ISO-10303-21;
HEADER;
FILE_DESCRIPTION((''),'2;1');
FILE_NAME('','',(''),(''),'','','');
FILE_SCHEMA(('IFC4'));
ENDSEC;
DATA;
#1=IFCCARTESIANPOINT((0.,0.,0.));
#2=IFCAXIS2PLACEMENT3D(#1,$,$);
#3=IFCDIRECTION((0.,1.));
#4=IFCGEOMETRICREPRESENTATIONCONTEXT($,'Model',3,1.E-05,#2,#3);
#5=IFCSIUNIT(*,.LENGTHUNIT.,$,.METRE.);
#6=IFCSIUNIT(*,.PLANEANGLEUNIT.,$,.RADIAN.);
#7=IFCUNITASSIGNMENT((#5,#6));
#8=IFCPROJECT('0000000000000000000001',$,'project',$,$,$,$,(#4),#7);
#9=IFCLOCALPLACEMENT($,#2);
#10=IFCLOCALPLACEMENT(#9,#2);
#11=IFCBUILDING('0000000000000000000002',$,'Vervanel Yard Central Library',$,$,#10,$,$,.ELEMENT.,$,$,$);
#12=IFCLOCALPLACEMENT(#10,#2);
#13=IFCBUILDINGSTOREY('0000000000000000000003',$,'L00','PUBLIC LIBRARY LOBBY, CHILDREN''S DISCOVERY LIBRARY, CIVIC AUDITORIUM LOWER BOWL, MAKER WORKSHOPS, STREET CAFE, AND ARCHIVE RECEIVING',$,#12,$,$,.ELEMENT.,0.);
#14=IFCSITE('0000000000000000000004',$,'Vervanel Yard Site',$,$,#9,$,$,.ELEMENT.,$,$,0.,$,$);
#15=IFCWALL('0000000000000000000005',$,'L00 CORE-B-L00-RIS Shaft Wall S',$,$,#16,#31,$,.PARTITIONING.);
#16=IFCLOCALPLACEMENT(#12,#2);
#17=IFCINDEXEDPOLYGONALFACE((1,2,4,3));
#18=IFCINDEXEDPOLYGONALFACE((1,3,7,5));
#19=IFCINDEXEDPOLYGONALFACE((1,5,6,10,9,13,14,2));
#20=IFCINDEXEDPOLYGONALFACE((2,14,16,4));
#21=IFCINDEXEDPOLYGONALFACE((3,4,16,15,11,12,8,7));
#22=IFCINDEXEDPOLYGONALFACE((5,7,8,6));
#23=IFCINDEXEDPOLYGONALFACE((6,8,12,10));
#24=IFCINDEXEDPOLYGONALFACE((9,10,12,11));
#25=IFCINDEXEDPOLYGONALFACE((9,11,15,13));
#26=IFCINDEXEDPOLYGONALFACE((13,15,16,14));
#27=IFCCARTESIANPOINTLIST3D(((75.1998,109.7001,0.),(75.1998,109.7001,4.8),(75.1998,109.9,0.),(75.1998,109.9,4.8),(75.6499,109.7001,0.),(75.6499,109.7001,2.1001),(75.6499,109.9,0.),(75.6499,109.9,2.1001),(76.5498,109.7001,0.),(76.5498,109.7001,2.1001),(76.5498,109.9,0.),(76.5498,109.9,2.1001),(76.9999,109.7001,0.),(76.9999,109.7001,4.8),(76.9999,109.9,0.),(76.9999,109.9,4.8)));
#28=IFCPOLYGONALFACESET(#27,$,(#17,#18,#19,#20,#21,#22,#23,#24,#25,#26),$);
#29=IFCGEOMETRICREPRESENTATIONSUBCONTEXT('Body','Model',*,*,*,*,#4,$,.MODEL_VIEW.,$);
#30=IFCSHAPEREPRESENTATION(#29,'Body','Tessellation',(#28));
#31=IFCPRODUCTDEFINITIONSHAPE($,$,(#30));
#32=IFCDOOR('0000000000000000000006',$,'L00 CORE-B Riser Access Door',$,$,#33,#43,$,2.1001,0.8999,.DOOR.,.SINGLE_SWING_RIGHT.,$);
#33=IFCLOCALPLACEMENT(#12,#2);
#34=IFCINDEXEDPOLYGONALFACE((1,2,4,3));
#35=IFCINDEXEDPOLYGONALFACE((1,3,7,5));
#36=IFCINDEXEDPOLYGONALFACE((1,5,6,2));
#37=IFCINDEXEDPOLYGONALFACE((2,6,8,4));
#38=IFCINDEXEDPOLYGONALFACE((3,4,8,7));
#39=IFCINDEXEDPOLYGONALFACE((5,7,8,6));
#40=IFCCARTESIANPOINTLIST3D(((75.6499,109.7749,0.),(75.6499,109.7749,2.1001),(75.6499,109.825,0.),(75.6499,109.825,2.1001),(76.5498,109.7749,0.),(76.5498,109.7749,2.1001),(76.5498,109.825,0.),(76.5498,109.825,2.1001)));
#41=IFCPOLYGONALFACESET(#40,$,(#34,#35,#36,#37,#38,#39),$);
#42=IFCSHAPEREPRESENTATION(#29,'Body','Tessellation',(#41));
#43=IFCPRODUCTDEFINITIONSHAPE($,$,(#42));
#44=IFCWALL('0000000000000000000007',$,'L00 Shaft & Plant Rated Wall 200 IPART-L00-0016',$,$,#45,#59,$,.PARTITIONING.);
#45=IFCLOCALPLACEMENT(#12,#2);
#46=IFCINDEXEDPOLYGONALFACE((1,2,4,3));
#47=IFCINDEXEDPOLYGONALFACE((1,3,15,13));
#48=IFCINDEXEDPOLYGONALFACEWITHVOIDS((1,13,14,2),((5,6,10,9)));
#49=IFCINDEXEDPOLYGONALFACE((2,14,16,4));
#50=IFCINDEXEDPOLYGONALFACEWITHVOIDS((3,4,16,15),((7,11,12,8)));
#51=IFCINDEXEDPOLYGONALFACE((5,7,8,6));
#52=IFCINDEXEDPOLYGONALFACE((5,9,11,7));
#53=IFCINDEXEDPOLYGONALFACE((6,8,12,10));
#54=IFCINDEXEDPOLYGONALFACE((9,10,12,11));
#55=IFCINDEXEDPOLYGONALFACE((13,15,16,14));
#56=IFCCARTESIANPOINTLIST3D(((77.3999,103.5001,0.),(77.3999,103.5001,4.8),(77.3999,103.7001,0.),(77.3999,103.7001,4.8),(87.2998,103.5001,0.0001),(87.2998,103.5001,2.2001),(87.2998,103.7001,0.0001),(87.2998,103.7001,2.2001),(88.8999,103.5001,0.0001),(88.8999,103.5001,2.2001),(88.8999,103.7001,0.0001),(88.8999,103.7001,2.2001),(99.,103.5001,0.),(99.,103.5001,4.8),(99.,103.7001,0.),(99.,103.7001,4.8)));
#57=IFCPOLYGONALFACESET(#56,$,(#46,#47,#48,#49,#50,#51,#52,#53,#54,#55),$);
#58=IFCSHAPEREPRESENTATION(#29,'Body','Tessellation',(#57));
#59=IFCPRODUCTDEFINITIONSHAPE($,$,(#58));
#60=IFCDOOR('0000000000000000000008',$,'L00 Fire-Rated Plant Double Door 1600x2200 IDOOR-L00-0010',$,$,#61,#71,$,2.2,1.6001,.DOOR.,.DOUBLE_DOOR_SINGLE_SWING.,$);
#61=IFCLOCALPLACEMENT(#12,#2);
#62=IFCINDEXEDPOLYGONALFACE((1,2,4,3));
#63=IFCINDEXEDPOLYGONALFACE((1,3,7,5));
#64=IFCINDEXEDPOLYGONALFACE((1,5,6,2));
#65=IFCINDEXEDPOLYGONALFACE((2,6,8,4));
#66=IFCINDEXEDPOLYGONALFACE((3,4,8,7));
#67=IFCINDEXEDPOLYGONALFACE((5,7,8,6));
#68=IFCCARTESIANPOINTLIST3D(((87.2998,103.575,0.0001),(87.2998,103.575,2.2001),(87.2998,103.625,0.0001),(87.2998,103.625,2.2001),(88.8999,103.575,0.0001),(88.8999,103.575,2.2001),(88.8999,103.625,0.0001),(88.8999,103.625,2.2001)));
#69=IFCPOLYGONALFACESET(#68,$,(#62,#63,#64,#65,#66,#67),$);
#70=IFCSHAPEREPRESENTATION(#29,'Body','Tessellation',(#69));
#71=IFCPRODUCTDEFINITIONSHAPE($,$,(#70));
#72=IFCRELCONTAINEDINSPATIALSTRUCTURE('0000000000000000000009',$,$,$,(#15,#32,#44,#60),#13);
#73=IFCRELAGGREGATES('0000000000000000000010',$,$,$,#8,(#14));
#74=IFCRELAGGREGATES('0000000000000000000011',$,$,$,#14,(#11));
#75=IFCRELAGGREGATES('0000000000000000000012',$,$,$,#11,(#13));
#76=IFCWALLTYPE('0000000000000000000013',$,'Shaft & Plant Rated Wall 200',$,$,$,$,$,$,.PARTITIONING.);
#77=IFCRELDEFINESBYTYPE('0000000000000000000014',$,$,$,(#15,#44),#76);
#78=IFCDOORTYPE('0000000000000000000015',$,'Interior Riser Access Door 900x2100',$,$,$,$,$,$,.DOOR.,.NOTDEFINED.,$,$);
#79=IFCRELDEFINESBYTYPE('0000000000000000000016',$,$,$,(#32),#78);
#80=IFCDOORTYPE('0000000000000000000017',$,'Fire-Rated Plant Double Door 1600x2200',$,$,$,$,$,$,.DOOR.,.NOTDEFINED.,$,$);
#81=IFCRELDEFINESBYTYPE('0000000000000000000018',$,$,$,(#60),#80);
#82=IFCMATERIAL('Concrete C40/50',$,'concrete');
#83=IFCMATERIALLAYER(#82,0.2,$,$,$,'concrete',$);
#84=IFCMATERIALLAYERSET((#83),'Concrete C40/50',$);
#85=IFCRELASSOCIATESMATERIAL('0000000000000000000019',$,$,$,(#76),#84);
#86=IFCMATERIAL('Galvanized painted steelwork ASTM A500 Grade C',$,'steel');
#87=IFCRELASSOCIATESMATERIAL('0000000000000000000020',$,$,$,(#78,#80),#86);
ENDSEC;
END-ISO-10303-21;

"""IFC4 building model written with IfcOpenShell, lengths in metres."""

from ifc_helpers import new_model, si_unit, direction, frame, frame_2d, origin, place, context, subcontext, project, spatial, rectangle, extrude, material, layer, layer_set, type_object, element, fill, save


model = new_model("IFC4")

# Units and contexts
model_context = context("Model", 3, precision=1e-05, world=origin(), true_north=direction((0.0, 1.0)))
body_context = subcontext(model_context, "Body", "Model", "MODEL_VIEW")
ifc_project = project(units=[si_unit("LENGTHUNIT", "METRE"), si_unit("PLANEANGLEUNIT", "RADIAN")], contexts=[model_context])

# Site, building, storey
site_placement = place(None, origin())
site = spatial("IfcSite", under=ifc_project, at=site_placement, Name="Vervanel Yard Site", CompositionType="ELEMENT", RefElevation=0.0)
building_placement = place(site_placement, origin())
building = spatial("IfcBuilding", under=site, at=building_placement, Name="Vervanel Yard Central Library", CompositionType="ELEMENT")
storey_placement = place(building_placement, origin())
storey = spatial("IfcBuildingStorey", under=building, at=storey_placement, Name="L00", Description="PUBLIC LIBRARY LOBBY, CHILDREN'S DISCOVERY LIBRARY, CIVIC AUDITORIUM LOWER BOWL, MAKER WORKSHOPS, STREET CAFE, AND ARCHIVE RECEIVING", CompositionType="ELEMENT", Elevation=0.0)

# Shared definitions
ifc_material_1 = material(Name="Concrete C40/50", Category="concrete")

# Shared definitions
ifc_layer_1 = layer(ifc_material_1, 0.2, Category="concrete")
ifc_layer_set_1 = layer_set([ifc_layer_1], Name="Concrete C40/50")
wall_type_1 = type_object("IfcWallType", Name="Shaft & Plant Rated Wall 200", PredefinedType="PARTITIONING", material=ifc_layer_set_1)

# Walls, openings, doors
wall_1_placement = place(storey_placement, frame((75.2, 109.8, 0.0), z_axis=(0.0, 0.0, 1.0), x_axis=(1.0, 0.0, 0.0)))
wall_1 = element("IfcWall", 1, at=wall_1_placement, inside=storey, type_object=wall_type_1, Name="L00 CORE-B-L00-RIS Shaft Wall S", PredefinedType="PARTITIONING", context=body_context, shape_type="SweptSolid", body=[
    extrude(rectangle(XDim=1.8, YDim=0.2, at=frame_2d((0.8999, 0.0))), origin(), (0.0, 0.0, 1.0), 4.8),
])
opening_1_placement = place(wall_1_placement, frame((0.45, 0.0, 0.0)))
opening_1 = element("IfcOpeningElement", 2, at=opening_1_placement, cuts=wall_1, PredefinedType="OPENING", context=body_context, shape_type="SweptSolid", body=[
    extrude(rectangle(XDim=0.8999, YDim=2.1001, at=frame_2d((0.45, 1.05))), frame((0.0, 0.1099, 0.0), z_axis=(0.0, -1.0, 0.0), x_axis=(1.0, 0.0, 0.0)), (0.0, 0.0, 1.0), 0.22),
])
ifc_material_2 = material(Name="Galvanized painted steelwork ASTM A500 Grade C", Category="steel")
door_type_1 = type_object("IfcDoorType", Name="Interior Riser Access Door 900x2100", OperationType="NOTDEFINED", PredefinedType="DOOR", material=ifc_material_2)
door_1_placement = place(opening_1_placement, origin())
door_1 = element("IfcDoor", 3, at=door_1_placement, inside=storey, type_object=door_type_1, Name="L00 CORE-B Riser Access Door", OperationType="SINGLE_SWING_RIGHT", OverallHeight=2.1001, OverallWidth=0.8999, PredefinedType="DOOR", context=body_context, shape_type="SweptSolid", body=[
    extrude(rectangle(XDim=0.8999, YDim=2.1001, at=frame_2d((0.45, 1.05))), frame((0.0, 0.0249, 0.0), z_axis=(0.0, -1.0, 0.0), x_axis=(1.0, 0.0, 0.0)), (0.0, 0.0, 1.0), 0.05),
])
fill(opening_1, door_1)
wall_2_placement = place(storey_placement, frame((77.3999, 103.6001, 0.0), z_axis=(0.0, 0.0, 1.0), x_axis=(1.0, 0.0, 0.0)))
wall_2 = element("IfcWall", 4, at=wall_2_placement, inside=storey, type_object=wall_type_1, Name="L00 Shaft & Plant Rated Wall 200 IPART-L00-0016", PredefinedType="PARTITIONING", context=body_context, shape_type="SweptSolid", body=[
    extrude(rectangle(XDim=21.6001, YDim=0.2, at=frame_2d((10.8, 0.0))), origin(), (0.0, 0.0, 1.0), 4.8),
])
opening_2_placement = place(wall_2_placement, frame((9.8999, 0.0, 0.0)))
opening_2 = element("IfcOpeningElement", 5, at=opening_2_placement, cuts=wall_2, PredefinedType="OPENING", context=body_context, shape_type="SweptSolid", body=[
    extrude(rectangle(XDim=1.6001, YDim=2.2, at=frame_2d((0.8, 1.1001))), frame((0.0, 0.1099, 0.0), z_axis=(0.0, -1.0, 0.0), x_axis=(1.0, 0.0, 0.0)), (0.0, 0.0, 1.0), 0.22),
])
door_type_2 = type_object("IfcDoorType", Name="Fire-Rated Plant Double Door 1600x2200", OperationType="NOTDEFINED", PredefinedType="DOOR", material=ifc_material_2)
door_2_placement = place(opening_2_placement, origin())
door_2 = element("IfcDoor", 6, at=door_2_placement, inside=storey, type_object=door_type_2, Name="L00 Fire-Rated Plant Double Door 1600x2200 IDOOR-L00-0010", OperationType="DOUBLE_DOOR_SINGLE_SWING", OverallHeight=2.2, OverallWidth=1.6001, PredefinedType="DOOR", context=body_context, shape_type="SweptSolid", body=[
    extrude(rectangle(XDim=1.6001, YDim=2.2, at=frame_2d((0.8, 1.1001))), frame((0.0, 0.0249, 0.0), z_axis=(0.0, -1.0, 0.0), x_axis=(1.0, 0.0, 0.0)), (0.0, 0.0, 1.0), 0.05),
])
fill(opening_2, door_2)

save(model, "model.ifc")
